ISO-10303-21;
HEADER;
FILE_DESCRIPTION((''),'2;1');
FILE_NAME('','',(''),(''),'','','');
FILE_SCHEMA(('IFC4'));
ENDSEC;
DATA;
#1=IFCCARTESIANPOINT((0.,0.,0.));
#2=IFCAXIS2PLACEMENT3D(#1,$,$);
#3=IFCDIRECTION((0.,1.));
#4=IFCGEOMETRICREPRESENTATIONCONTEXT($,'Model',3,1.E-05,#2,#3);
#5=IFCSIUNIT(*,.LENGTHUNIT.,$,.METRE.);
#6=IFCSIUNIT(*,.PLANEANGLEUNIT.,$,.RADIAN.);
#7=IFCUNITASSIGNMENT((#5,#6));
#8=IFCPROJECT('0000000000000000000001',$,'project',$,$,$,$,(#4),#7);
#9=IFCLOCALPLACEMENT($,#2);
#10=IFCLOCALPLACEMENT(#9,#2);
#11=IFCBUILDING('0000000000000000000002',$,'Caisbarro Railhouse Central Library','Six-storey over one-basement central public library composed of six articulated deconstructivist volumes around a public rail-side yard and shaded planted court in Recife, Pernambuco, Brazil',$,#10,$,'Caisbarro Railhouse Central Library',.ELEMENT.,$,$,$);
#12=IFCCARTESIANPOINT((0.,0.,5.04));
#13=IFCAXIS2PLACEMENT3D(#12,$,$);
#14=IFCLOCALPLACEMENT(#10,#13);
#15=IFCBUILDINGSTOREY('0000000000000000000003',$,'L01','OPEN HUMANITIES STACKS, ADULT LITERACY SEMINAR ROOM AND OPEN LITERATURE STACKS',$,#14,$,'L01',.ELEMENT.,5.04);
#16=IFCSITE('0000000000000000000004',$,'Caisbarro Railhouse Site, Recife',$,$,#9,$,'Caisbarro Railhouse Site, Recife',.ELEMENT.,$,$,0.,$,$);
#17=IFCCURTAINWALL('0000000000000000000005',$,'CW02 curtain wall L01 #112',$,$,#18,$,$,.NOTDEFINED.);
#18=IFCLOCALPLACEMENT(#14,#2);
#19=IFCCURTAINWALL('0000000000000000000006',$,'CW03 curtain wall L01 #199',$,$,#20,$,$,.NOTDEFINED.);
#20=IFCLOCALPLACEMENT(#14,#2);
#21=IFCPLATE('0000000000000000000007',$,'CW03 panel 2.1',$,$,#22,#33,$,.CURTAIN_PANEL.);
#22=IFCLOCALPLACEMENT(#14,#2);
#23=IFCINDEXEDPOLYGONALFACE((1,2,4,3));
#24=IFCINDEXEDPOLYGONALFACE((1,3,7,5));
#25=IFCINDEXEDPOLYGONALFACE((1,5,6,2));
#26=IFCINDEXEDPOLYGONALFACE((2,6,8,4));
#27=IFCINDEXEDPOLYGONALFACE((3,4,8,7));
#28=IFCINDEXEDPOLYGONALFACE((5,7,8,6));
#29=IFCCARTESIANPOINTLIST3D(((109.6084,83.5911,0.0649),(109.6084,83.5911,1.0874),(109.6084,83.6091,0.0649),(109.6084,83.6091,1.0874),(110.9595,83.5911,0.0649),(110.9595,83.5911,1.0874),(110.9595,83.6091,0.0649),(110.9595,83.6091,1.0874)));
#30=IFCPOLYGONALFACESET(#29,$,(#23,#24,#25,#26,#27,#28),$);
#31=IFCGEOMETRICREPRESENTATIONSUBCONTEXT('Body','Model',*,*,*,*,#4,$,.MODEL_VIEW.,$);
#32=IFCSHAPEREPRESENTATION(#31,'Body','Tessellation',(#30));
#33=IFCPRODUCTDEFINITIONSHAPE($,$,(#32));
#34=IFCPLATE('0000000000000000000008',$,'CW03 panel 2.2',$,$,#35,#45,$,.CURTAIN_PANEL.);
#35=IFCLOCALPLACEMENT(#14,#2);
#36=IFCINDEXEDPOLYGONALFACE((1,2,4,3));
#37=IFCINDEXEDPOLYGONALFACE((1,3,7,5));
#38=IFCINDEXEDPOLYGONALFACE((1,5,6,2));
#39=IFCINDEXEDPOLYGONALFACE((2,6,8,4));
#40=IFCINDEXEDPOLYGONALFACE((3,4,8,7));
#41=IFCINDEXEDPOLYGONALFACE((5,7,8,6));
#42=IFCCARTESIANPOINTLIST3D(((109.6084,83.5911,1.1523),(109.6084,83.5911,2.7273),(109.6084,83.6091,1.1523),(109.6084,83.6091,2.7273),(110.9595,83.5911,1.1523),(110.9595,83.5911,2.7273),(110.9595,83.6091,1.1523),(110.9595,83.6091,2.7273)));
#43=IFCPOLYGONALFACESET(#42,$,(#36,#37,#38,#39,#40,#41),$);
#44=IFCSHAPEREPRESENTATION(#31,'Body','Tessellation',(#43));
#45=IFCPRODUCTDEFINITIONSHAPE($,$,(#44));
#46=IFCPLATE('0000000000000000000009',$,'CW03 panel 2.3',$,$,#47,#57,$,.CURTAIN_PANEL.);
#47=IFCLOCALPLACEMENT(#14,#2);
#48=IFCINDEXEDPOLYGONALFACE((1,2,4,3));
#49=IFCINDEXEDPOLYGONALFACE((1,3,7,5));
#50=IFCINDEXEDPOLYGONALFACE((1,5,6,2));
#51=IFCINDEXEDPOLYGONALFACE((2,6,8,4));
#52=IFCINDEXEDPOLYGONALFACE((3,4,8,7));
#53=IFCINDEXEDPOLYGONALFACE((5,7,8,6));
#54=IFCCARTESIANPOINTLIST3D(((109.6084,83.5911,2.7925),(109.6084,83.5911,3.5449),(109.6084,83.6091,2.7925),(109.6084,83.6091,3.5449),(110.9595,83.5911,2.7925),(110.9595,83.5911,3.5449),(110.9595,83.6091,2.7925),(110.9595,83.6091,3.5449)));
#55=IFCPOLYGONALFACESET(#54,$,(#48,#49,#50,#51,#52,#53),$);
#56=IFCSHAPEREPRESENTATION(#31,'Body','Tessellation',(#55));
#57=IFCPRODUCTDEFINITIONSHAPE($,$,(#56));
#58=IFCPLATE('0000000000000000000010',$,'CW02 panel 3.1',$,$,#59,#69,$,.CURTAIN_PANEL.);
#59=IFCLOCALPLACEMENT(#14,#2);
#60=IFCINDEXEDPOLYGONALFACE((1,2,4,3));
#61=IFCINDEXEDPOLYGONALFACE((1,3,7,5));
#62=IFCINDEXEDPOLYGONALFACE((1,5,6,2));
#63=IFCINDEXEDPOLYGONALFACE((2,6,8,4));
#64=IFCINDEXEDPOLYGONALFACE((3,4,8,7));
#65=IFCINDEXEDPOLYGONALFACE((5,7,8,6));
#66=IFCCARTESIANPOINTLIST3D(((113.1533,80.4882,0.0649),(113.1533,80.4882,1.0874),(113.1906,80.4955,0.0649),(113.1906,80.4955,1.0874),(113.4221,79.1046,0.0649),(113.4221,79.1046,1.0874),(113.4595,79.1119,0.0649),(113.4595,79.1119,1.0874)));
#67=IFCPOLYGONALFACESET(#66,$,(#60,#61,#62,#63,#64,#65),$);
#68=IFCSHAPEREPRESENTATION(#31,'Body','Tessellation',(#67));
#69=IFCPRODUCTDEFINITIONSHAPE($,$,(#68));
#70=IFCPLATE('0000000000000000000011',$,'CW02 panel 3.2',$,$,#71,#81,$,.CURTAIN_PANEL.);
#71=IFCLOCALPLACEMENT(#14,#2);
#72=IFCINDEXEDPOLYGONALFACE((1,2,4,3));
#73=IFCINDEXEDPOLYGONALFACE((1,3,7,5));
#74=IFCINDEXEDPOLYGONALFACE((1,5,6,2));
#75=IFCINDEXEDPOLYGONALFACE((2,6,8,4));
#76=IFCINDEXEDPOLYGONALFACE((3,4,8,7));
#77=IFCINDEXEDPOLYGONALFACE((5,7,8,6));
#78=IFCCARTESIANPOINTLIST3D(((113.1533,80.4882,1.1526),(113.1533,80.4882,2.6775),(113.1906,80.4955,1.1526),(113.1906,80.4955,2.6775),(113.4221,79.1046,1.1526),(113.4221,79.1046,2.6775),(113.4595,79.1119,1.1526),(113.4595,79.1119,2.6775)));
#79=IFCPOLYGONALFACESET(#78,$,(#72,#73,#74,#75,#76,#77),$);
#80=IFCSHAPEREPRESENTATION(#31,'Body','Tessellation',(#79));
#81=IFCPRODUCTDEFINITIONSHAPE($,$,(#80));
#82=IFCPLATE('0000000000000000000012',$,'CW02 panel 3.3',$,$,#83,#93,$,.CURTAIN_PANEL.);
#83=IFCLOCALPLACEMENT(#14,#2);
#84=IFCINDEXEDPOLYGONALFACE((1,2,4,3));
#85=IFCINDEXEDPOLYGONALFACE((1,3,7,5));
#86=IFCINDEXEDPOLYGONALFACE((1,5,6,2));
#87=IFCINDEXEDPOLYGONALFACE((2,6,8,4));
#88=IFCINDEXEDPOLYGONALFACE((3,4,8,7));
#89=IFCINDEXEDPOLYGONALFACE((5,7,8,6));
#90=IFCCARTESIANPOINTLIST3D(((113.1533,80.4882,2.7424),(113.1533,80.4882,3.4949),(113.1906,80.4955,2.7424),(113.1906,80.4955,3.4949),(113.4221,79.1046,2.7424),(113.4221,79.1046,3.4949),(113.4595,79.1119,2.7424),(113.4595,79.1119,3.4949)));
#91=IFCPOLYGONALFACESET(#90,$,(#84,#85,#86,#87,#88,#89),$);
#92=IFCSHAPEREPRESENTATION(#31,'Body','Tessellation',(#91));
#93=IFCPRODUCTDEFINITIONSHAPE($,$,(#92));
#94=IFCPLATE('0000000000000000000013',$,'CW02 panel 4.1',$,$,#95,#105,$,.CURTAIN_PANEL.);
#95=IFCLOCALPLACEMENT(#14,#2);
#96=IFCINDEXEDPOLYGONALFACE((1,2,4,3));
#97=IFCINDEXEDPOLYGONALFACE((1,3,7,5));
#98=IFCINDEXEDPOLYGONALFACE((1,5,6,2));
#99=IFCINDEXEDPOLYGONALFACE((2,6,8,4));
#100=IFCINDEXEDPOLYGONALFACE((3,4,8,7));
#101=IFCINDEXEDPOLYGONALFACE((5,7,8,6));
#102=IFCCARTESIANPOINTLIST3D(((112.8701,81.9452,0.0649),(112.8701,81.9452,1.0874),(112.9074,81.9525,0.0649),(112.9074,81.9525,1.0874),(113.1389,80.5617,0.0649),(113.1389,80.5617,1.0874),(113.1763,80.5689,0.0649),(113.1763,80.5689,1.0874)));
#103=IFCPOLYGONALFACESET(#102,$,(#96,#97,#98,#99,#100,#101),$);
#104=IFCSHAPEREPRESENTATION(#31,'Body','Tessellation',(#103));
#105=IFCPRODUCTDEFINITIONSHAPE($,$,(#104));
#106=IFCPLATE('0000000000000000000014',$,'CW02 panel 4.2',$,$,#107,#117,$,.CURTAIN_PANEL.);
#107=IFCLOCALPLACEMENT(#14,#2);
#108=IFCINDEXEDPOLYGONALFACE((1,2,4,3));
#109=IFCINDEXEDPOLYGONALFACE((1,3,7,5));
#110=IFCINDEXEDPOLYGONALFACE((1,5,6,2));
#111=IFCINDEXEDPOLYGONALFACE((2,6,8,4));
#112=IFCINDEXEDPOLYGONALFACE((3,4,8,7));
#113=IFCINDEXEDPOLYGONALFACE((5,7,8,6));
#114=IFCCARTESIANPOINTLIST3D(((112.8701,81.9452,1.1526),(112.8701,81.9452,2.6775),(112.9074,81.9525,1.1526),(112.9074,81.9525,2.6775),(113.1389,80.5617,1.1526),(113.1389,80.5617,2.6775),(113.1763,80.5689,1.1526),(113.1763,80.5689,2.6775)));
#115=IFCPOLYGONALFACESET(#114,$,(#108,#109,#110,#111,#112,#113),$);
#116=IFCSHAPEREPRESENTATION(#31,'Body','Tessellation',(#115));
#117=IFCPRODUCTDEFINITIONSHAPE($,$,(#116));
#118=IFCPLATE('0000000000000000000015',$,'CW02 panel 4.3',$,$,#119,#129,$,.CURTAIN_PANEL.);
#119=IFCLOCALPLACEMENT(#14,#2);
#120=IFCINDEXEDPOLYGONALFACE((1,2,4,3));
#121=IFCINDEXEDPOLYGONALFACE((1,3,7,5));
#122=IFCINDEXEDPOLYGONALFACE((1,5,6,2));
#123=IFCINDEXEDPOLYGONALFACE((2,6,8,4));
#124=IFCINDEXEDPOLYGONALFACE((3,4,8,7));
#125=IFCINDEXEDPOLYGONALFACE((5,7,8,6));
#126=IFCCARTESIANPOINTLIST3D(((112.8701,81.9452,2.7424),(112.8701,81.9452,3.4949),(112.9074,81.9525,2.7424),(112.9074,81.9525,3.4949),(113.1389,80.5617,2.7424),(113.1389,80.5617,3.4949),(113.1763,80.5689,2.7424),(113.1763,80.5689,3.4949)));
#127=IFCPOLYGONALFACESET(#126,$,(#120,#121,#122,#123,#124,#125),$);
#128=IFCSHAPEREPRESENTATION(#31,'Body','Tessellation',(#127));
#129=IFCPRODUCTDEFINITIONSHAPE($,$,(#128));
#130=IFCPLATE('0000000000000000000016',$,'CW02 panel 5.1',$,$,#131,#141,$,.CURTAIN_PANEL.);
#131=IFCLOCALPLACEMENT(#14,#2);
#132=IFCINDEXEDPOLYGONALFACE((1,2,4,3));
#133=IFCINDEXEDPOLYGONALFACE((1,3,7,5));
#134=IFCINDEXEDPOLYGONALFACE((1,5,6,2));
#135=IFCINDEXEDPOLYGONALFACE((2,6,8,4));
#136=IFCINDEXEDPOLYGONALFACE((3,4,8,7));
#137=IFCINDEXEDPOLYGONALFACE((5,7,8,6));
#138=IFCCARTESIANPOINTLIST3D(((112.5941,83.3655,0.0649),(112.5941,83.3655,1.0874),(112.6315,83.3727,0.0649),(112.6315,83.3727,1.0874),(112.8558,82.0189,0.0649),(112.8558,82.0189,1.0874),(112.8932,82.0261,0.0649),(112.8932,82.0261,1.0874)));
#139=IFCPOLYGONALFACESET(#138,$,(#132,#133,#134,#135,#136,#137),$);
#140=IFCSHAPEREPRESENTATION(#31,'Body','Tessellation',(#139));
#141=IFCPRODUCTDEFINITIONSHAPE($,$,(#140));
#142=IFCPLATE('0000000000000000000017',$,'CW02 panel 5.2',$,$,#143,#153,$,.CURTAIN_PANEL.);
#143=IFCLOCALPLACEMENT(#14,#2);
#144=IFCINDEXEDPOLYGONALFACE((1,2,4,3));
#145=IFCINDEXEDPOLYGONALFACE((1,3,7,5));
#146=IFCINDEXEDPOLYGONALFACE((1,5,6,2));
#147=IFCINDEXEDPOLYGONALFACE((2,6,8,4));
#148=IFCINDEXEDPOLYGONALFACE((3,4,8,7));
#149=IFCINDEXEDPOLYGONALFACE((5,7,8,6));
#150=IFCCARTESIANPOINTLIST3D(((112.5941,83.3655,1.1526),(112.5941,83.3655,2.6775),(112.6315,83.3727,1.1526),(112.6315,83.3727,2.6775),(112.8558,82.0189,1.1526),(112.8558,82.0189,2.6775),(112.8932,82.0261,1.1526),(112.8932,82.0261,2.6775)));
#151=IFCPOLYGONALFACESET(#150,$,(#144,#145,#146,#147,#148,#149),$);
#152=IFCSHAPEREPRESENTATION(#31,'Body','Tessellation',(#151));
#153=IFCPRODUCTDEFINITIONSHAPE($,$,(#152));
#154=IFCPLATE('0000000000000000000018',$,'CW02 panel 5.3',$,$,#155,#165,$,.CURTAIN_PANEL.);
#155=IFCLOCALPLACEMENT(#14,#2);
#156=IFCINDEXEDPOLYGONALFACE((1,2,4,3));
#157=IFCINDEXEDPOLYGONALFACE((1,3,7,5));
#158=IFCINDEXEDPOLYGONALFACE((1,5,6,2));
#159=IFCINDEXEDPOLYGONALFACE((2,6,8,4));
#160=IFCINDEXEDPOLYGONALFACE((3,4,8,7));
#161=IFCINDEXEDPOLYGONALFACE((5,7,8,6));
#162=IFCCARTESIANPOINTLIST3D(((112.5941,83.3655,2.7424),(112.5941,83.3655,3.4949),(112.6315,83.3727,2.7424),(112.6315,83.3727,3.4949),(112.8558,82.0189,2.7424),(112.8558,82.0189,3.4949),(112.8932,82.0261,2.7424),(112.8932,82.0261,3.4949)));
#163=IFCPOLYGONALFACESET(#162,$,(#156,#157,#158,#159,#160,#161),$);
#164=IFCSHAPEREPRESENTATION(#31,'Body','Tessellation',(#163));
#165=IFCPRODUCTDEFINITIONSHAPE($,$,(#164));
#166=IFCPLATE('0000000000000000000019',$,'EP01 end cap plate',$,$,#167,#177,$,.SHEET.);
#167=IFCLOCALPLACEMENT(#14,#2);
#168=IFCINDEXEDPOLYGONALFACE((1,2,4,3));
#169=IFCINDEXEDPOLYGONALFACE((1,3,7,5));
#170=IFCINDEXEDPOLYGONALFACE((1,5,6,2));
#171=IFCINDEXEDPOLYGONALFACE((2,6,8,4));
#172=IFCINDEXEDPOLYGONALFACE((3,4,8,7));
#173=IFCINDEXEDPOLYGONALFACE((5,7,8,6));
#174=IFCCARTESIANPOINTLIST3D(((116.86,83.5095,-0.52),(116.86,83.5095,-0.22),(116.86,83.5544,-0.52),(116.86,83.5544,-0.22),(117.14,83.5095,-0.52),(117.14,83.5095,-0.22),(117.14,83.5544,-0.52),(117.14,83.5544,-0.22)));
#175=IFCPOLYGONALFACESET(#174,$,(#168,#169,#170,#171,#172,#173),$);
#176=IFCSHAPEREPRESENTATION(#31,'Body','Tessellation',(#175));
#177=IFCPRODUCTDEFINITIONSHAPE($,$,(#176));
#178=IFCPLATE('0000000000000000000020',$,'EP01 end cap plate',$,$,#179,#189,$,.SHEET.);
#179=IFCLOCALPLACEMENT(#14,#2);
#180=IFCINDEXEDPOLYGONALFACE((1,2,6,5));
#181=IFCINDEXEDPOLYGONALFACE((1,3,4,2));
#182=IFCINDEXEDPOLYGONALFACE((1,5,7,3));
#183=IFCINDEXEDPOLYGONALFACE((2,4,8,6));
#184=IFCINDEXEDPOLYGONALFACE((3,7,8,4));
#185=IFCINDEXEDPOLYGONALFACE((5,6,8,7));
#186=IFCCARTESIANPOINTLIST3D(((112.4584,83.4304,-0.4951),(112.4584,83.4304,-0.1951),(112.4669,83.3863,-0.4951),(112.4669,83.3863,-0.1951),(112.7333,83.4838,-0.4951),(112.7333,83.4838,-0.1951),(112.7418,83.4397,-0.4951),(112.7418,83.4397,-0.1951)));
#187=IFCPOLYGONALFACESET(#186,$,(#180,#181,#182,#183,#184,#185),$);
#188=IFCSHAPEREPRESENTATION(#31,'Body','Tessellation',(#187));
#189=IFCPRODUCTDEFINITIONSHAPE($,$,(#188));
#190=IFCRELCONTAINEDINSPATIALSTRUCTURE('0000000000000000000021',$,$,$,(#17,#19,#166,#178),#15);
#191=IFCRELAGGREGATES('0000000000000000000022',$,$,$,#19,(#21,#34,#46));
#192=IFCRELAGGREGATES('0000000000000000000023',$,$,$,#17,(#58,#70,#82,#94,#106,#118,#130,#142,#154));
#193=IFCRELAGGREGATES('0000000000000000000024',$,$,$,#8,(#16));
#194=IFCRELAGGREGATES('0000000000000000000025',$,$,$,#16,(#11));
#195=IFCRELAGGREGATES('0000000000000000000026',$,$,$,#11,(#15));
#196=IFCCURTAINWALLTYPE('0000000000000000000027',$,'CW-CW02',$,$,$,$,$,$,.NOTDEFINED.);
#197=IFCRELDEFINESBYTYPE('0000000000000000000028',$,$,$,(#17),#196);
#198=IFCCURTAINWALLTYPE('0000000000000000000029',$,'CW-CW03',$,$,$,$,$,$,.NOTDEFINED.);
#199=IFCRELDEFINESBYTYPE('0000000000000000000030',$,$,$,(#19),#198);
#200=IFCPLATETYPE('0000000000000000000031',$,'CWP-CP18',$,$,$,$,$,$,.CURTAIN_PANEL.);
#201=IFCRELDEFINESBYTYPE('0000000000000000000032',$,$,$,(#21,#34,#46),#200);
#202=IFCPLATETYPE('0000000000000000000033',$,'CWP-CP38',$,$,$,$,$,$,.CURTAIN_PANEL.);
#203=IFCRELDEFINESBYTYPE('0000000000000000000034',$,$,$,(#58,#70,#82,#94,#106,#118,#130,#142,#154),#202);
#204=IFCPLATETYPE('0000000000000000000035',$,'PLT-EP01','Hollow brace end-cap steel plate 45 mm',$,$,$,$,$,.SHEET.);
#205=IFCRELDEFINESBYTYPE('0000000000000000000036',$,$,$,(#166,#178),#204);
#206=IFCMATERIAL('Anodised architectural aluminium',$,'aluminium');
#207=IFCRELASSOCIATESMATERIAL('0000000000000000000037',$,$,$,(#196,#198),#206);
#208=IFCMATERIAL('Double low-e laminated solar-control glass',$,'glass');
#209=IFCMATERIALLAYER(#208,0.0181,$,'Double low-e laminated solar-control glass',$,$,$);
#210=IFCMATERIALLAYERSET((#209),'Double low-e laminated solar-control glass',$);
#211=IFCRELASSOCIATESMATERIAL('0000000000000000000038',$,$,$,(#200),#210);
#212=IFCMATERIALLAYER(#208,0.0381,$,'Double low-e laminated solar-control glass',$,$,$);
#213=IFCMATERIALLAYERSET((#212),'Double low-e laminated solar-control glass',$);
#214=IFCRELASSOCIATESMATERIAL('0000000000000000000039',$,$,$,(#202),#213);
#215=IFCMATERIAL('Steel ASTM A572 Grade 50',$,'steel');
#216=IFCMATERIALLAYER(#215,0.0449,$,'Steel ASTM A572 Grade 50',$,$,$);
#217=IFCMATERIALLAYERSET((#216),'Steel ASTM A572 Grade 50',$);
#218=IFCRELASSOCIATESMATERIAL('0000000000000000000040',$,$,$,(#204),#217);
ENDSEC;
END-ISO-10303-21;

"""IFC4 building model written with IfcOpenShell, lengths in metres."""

from ifc_helpers import new_model, si_unit, direction, frame, origin, origin_2d, place, context, subcontext, project, spatial, rectangle, extrude, material, layer, layer_set, type_object, element, aggregate, save


model = new_model("IFC4")

# Units and contexts
model_context = context("Model", 3, precision=1e-05, world=origin(), true_north=direction((0.0, 1.0)))
body_context = subcontext(model_context, "Body", "Model", "MODEL_VIEW")
ifc_project = project(units=[si_unit("LENGTHUNIT", "METRE"), si_unit("PLANEANGLEUNIT", "RADIAN")], contexts=[model_context])

# Site, building, storey
site_placement = place(None, origin())
site = spatial("IfcSite", under=ifc_project, at=site_placement, Name="Caisbarro Railhouse Site, Recife", LongName="Caisbarro Railhouse Site, Recife", CompositionType="ELEMENT", RefElevation=0.0)
building_placement = place(site_placement, origin())
building = spatial("IfcBuilding", under=site, at=building_placement, Name="Caisbarro Railhouse Central Library", Description="Six-storey over one-basement central public library composed of six articulated deconstructivist volumes around a public rail-side yard and shaded planted court in Recife, Pernambuco, Brazil", LongName="Caisbarro Railhouse Central Library", CompositionType="ELEMENT")
storey_placement = place(building_placement, frame((0.0, 0.0, 5.04)))
storey = spatial("IfcBuildingStorey", under=building, at=storey_placement, Name="L01", Description="OPEN HUMANITIES STACKS, ADULT LITERACY SEMINAR ROOM AND OPEN LITERATURE STACKS", LongName="L01", CompositionType="ELEMENT", Elevation=5.04)

# Shared definitions
ifc_material_1 = material(Name="Steel ASTM A572 Grade 50", Category="steel")

# Curtain walls
ifc_material_2 = material(Name="Anodised architectural aluminium", Category="aluminium")
curtain_wall_type_1 = type_object("IfcCurtainWallType", Name="CW-CW02", PredefinedType="NOTDEFINED", material=ifc_material_2)
curtain_wall_1_placement = place(storey_placement, origin())
curtain_wall_1 = element("IfcCurtainWall", 1, at=curtain_wall_1_placement, inside=storey, type_object=curtain_wall_type_1, Name="CW02 curtain wall L01 #112", PredefinedType="NOTDEFINED")
curtain_wall_type_2 = type_object("IfcCurtainWallType", Name="CW-CW03", PredefinedType="NOTDEFINED", material=ifc_material_2)
curtain_wall_2_placement = place(storey_placement, origin())
curtain_wall_2 = element("IfcCurtainWall", 2, at=curtain_wall_2_placement, inside=storey, type_object=curtain_wall_type_2, Name="CW03 curtain wall L01 #199", PredefinedType="NOTDEFINED")

# Plates
ifc_material_3 = material(Name="Double low-e laminated solar-control glass", Category="glass")
ifc_layer_1 = layer(ifc_material_3, 0.0181, Name="Double low-e laminated solar-control glass")
ifc_layer_set_1 = layer_set([ifc_layer_1], Name="Double low-e laminated solar-control glass")
plate_type_1 = type_object("IfcPlateType", Name="CWP-CP18", PredefinedType="CURTAIN_PANEL", material=ifc_layer_set_1)
plate_1_placement = place(storey_placement, frame((110.2839, 83.6001, 0.0649), z_axis=(0.0, 0.0, 1.0), x_axis=(1.0, 0.0, 0.0)))
plate_1 = element("IfcPlate", 3, at=plate_1_placement, type_object=plate_type_1, Name="CW03 panel 2.1", PredefinedType="CURTAIN_PANEL", context=body_context, shape_type="SweptSolid", body=[
    extrude(rectangle(XDim=1.3511, YDim=0.0181, at=origin_2d()), origin(), (0.0, 0.0, 1.0), 1.0225),
])
plate_2_placement = place(storey_placement, frame((110.2839, 83.6001, 1.1523), z_axis=(0.0, 0.0, 1.0), x_axis=(1.0, 0.0, 0.0)))
plate_2 = element("IfcPlate", 4, at=plate_2_placement, type_object=plate_type_1, Name="CW03 panel 2.2", PredefinedType="CURTAIN_PANEL", context=body_context, shape_type="SweptSolid", body=[
    extrude(rectangle(XDim=1.3511, YDim=0.0181, at=origin_2d()), origin(), (0.0, 0.0, 1.0), 1.575),
])
plate_3_placement = place(storey_placement, frame((110.2839, 83.6001, 2.7925), z_axis=(0.0, 0.0, 1.0), x_axis=(1.0, 0.0, 0.0)))
plate_3 = element("IfcPlate", 5, at=plate_3_placement, type_object=plate_type_1, Name="CW03 panel 2.3", PredefinedType="CURTAIN_PANEL", context=body_context, shape_type="SweptSolid", body=[
    extrude(rectangle(XDim=1.3511, YDim=0.0181, at=origin_2d()), origin(), (0.0, 0.0, 1.0), 0.7524),
])
aggregate(curtain_wall_2, [plate_1, plate_2, plate_3])
ifc_layer_2 = layer(ifc_material_3, 0.0381, Name="Double low-e laminated solar-control glass")
ifc_layer_set_2 = layer_set([ifc_layer_2], Name="Double low-e laminated solar-control glass")
plate_type_2 = type_object("IfcPlateType", Name="CWP-CP38", PredefinedType="CURTAIN_PANEL", material=ifc_layer_set_2)
plate_4_placement = place(storey_placement, frame((113.3064, 79.8, 0.0649), z_axis=(0.0, 0.0, 1.0), x_axis=(-0.190781, 0.981633, 0.0)))
plate_4 = element("IfcPlate", 6, at=plate_4_placement, type_object=plate_type_2, Name="CW02 panel 3.1", PredefinedType="CURTAIN_PANEL", context=body_context, shape_type="SweptSolid", body=[
    extrude(rectangle(XDim=1.4094, YDim=0.0381, at=origin_2d()), origin(), (0.0, 0.0, 1.0), 1.0225),
])
plate_5_placement = place(storey_placement, frame((113.3064, 79.8, 1.1526), z_axis=(0.0, 0.0, 1.0), x_axis=(-0.190781, 0.981633, 0.0)))
plate_5 = element("IfcPlate", 7, at=plate_5_placement, type_object=plate_type_2, Name="CW02 panel 3.2", PredefinedType="CURTAIN_PANEL", context=body_context, shape_type="SweptSolid", body=[
    extrude(rectangle(XDim=1.4094, YDim=0.0381, at=origin_2d()), origin(), (0.0, 0.0, 1.0), 1.5249),
])
plate_6_placement = place(storey_placement, frame((113.3064, 79.8, 2.7424), z_axis=(0.0, 0.0, 1.0), x_axis=(-0.190781, 0.981633, 0.0)))
plate_6 = element("IfcPlate", 8, at=plate_6_placement, type_object=plate_type_2, Name="CW02 panel 3.3", PredefinedType="CURTAIN_PANEL", context=body_context, shape_type="SweptSolid", body=[
    extrude(rectangle(XDim=1.4094, YDim=0.0381, at=origin_2d()), origin(), (0.0, 0.0, 1.0), 0.7524),
])
plate_7_placement = place(storey_placement, frame((113.0232, 81.2571, 0.0649), z_axis=(0.0, 0.0, 1.0), x_axis=(-0.190781, 0.981633, 0.0)))
plate_7 = element("IfcPlate", 9, at=plate_7_placement, type_object=plate_type_2, Name="CW02 panel 4.1", PredefinedType="CURTAIN_PANEL", context=body_context, shape_type="SweptSolid", body=[
    extrude(rectangle(XDim=1.4094, YDim=0.0381, at=origin_2d()), origin(), (0.0, 0.0, 1.0), 1.0225),
])
plate_8_placement = place(storey_placement, frame((113.0232, 81.2571, 1.1526), z_axis=(0.0, 0.0, 1.0), x_axis=(-0.190781, 0.981633, 0.0)))
plate_8 = element("IfcPlate", 10, at=plate_8_placement, type_object=plate_type_2, Name="CW02 panel 4.2", PredefinedType="CURTAIN_PANEL", context=body_context, shape_type="SweptSolid", body=[
    extrude(rectangle(XDim=1.4094, YDim=0.0381, at=origin_2d()), origin(), (0.0, 0.0, 1.0), 1.5249),
])
plate_9_placement = place(storey_placement, frame((113.0232, 81.2571, 2.7424), z_axis=(0.0, 0.0, 1.0), x_axis=(-0.190781, 0.981633, 0.0)))
plate_9 = element("IfcPlate", 11, at=plate_9_placement, type_object=plate_type_2, Name="CW02 panel 4.3", PredefinedType="CURTAIN_PANEL", context=body_context, shape_type="SweptSolid", body=[
    extrude(rectangle(XDim=1.4094, YDim=0.0381, at=origin_2d()), origin(), (0.0, 0.0, 1.0), 0.7524),
])
plate_10_placement = place(storey_placement, frame((112.7437, 82.6958, 0.0649), z_axis=(0.0, 0.0, 1.0), x_axis=(-0.190781, 0.981633, 0.0)))
plate_10 = element("IfcPlate", 12, at=plate_10_placement, type_object=plate_type_2, Name="CW02 panel 5.1", PredefinedType="CURTAIN_PANEL", context=body_context, shape_type="SweptSolid", body=[
    extrude(rectangle(XDim=1.3718, YDim=0.0381, at=origin_2d()), origin(), (0.0, 0.0, 1.0), 1.0225),
])
plate_11_placement = place(storey_placement, frame((112.7437, 82.6958, 1.1526), z_axis=(0.0, 0.0, 1.0), x_axis=(-0.190781, 0.981633, 0.0)))
plate_11 = element("IfcPlate", 13, at=plate_11_placement, type_object=plate_type_2, Name="CW02 panel 5.2", PredefinedType="CURTAIN_PANEL", context=body_context, shape_type="SweptSolid", body=[
    extrude(rectangle(XDim=1.3718, YDim=0.0381, at=origin_2d()), origin(), (0.0, 0.0, 1.0), 1.5249),
])
plate_12_placement = place(storey_placement, frame((112.7437, 82.6958, 2.7424), z_axis=(0.0, 0.0, 1.0), x_axis=(-0.190781, 0.981633, 0.0)))
plate_12 = element("IfcPlate", 14, at=plate_12_placement, type_object=plate_type_2, Name="CW02 panel 5.3", PredefinedType="CURTAIN_PANEL", context=body_context, shape_type="SweptSolid", body=[
    extrude(rectangle(XDim=1.3718, YDim=0.0381, at=origin_2d()), origin(), (0.0, 0.0, 1.0), 0.7524),
])
aggregate(curtain_wall_1, [plate_4, plate_5, plate_6, plate_7, plate_8, plate_9, plate_10, plate_11, plate_12])

# Plates
ifc_layer_3 = layer(ifc_material_1, 0.0449, Name="Steel ASTM A572 Grade 50")
ifc_layer_set_3 = layer_set([ifc_layer_3], Name="Steel ASTM A572 Grade 50")
plate_type_3 = type_object("IfcPlateType", Name="PLT-EP01", Description="Hollow brace end-cap steel plate 45 mm", PredefinedType="SHEET", material=ifc_layer_set_3)
for number, where, z_axis, x_axis, name in (
    (15, (117.0, 83.532, -0.52), (0.0, 0.0, 1.0), (0.0, 1.0, 0.0), "EP01 end cap plate"),
    (16, (112.6001, 83.4351, -0.4951), (0.0, 0.0, 1.0), (-0.190809, 0.981627, 0.0), "EP01 end cap plate"),
):
    element("IfcPlate", number, at=place(storey_placement, frame(where, z_axis=z_axis, x_axis=x_axis)), inside=storey, type_object=plate_type_3, Name=name, PredefinedType="SHEET", context=body_context, shape_type="SweptSolid", body=[
        extrude(rectangle(XDim=0.0449, YDim=0.28, at=origin_2d()), origin(), (0.0, 0.0, 1.0), 0.3),
    ])

save(model, "model.ifc")
